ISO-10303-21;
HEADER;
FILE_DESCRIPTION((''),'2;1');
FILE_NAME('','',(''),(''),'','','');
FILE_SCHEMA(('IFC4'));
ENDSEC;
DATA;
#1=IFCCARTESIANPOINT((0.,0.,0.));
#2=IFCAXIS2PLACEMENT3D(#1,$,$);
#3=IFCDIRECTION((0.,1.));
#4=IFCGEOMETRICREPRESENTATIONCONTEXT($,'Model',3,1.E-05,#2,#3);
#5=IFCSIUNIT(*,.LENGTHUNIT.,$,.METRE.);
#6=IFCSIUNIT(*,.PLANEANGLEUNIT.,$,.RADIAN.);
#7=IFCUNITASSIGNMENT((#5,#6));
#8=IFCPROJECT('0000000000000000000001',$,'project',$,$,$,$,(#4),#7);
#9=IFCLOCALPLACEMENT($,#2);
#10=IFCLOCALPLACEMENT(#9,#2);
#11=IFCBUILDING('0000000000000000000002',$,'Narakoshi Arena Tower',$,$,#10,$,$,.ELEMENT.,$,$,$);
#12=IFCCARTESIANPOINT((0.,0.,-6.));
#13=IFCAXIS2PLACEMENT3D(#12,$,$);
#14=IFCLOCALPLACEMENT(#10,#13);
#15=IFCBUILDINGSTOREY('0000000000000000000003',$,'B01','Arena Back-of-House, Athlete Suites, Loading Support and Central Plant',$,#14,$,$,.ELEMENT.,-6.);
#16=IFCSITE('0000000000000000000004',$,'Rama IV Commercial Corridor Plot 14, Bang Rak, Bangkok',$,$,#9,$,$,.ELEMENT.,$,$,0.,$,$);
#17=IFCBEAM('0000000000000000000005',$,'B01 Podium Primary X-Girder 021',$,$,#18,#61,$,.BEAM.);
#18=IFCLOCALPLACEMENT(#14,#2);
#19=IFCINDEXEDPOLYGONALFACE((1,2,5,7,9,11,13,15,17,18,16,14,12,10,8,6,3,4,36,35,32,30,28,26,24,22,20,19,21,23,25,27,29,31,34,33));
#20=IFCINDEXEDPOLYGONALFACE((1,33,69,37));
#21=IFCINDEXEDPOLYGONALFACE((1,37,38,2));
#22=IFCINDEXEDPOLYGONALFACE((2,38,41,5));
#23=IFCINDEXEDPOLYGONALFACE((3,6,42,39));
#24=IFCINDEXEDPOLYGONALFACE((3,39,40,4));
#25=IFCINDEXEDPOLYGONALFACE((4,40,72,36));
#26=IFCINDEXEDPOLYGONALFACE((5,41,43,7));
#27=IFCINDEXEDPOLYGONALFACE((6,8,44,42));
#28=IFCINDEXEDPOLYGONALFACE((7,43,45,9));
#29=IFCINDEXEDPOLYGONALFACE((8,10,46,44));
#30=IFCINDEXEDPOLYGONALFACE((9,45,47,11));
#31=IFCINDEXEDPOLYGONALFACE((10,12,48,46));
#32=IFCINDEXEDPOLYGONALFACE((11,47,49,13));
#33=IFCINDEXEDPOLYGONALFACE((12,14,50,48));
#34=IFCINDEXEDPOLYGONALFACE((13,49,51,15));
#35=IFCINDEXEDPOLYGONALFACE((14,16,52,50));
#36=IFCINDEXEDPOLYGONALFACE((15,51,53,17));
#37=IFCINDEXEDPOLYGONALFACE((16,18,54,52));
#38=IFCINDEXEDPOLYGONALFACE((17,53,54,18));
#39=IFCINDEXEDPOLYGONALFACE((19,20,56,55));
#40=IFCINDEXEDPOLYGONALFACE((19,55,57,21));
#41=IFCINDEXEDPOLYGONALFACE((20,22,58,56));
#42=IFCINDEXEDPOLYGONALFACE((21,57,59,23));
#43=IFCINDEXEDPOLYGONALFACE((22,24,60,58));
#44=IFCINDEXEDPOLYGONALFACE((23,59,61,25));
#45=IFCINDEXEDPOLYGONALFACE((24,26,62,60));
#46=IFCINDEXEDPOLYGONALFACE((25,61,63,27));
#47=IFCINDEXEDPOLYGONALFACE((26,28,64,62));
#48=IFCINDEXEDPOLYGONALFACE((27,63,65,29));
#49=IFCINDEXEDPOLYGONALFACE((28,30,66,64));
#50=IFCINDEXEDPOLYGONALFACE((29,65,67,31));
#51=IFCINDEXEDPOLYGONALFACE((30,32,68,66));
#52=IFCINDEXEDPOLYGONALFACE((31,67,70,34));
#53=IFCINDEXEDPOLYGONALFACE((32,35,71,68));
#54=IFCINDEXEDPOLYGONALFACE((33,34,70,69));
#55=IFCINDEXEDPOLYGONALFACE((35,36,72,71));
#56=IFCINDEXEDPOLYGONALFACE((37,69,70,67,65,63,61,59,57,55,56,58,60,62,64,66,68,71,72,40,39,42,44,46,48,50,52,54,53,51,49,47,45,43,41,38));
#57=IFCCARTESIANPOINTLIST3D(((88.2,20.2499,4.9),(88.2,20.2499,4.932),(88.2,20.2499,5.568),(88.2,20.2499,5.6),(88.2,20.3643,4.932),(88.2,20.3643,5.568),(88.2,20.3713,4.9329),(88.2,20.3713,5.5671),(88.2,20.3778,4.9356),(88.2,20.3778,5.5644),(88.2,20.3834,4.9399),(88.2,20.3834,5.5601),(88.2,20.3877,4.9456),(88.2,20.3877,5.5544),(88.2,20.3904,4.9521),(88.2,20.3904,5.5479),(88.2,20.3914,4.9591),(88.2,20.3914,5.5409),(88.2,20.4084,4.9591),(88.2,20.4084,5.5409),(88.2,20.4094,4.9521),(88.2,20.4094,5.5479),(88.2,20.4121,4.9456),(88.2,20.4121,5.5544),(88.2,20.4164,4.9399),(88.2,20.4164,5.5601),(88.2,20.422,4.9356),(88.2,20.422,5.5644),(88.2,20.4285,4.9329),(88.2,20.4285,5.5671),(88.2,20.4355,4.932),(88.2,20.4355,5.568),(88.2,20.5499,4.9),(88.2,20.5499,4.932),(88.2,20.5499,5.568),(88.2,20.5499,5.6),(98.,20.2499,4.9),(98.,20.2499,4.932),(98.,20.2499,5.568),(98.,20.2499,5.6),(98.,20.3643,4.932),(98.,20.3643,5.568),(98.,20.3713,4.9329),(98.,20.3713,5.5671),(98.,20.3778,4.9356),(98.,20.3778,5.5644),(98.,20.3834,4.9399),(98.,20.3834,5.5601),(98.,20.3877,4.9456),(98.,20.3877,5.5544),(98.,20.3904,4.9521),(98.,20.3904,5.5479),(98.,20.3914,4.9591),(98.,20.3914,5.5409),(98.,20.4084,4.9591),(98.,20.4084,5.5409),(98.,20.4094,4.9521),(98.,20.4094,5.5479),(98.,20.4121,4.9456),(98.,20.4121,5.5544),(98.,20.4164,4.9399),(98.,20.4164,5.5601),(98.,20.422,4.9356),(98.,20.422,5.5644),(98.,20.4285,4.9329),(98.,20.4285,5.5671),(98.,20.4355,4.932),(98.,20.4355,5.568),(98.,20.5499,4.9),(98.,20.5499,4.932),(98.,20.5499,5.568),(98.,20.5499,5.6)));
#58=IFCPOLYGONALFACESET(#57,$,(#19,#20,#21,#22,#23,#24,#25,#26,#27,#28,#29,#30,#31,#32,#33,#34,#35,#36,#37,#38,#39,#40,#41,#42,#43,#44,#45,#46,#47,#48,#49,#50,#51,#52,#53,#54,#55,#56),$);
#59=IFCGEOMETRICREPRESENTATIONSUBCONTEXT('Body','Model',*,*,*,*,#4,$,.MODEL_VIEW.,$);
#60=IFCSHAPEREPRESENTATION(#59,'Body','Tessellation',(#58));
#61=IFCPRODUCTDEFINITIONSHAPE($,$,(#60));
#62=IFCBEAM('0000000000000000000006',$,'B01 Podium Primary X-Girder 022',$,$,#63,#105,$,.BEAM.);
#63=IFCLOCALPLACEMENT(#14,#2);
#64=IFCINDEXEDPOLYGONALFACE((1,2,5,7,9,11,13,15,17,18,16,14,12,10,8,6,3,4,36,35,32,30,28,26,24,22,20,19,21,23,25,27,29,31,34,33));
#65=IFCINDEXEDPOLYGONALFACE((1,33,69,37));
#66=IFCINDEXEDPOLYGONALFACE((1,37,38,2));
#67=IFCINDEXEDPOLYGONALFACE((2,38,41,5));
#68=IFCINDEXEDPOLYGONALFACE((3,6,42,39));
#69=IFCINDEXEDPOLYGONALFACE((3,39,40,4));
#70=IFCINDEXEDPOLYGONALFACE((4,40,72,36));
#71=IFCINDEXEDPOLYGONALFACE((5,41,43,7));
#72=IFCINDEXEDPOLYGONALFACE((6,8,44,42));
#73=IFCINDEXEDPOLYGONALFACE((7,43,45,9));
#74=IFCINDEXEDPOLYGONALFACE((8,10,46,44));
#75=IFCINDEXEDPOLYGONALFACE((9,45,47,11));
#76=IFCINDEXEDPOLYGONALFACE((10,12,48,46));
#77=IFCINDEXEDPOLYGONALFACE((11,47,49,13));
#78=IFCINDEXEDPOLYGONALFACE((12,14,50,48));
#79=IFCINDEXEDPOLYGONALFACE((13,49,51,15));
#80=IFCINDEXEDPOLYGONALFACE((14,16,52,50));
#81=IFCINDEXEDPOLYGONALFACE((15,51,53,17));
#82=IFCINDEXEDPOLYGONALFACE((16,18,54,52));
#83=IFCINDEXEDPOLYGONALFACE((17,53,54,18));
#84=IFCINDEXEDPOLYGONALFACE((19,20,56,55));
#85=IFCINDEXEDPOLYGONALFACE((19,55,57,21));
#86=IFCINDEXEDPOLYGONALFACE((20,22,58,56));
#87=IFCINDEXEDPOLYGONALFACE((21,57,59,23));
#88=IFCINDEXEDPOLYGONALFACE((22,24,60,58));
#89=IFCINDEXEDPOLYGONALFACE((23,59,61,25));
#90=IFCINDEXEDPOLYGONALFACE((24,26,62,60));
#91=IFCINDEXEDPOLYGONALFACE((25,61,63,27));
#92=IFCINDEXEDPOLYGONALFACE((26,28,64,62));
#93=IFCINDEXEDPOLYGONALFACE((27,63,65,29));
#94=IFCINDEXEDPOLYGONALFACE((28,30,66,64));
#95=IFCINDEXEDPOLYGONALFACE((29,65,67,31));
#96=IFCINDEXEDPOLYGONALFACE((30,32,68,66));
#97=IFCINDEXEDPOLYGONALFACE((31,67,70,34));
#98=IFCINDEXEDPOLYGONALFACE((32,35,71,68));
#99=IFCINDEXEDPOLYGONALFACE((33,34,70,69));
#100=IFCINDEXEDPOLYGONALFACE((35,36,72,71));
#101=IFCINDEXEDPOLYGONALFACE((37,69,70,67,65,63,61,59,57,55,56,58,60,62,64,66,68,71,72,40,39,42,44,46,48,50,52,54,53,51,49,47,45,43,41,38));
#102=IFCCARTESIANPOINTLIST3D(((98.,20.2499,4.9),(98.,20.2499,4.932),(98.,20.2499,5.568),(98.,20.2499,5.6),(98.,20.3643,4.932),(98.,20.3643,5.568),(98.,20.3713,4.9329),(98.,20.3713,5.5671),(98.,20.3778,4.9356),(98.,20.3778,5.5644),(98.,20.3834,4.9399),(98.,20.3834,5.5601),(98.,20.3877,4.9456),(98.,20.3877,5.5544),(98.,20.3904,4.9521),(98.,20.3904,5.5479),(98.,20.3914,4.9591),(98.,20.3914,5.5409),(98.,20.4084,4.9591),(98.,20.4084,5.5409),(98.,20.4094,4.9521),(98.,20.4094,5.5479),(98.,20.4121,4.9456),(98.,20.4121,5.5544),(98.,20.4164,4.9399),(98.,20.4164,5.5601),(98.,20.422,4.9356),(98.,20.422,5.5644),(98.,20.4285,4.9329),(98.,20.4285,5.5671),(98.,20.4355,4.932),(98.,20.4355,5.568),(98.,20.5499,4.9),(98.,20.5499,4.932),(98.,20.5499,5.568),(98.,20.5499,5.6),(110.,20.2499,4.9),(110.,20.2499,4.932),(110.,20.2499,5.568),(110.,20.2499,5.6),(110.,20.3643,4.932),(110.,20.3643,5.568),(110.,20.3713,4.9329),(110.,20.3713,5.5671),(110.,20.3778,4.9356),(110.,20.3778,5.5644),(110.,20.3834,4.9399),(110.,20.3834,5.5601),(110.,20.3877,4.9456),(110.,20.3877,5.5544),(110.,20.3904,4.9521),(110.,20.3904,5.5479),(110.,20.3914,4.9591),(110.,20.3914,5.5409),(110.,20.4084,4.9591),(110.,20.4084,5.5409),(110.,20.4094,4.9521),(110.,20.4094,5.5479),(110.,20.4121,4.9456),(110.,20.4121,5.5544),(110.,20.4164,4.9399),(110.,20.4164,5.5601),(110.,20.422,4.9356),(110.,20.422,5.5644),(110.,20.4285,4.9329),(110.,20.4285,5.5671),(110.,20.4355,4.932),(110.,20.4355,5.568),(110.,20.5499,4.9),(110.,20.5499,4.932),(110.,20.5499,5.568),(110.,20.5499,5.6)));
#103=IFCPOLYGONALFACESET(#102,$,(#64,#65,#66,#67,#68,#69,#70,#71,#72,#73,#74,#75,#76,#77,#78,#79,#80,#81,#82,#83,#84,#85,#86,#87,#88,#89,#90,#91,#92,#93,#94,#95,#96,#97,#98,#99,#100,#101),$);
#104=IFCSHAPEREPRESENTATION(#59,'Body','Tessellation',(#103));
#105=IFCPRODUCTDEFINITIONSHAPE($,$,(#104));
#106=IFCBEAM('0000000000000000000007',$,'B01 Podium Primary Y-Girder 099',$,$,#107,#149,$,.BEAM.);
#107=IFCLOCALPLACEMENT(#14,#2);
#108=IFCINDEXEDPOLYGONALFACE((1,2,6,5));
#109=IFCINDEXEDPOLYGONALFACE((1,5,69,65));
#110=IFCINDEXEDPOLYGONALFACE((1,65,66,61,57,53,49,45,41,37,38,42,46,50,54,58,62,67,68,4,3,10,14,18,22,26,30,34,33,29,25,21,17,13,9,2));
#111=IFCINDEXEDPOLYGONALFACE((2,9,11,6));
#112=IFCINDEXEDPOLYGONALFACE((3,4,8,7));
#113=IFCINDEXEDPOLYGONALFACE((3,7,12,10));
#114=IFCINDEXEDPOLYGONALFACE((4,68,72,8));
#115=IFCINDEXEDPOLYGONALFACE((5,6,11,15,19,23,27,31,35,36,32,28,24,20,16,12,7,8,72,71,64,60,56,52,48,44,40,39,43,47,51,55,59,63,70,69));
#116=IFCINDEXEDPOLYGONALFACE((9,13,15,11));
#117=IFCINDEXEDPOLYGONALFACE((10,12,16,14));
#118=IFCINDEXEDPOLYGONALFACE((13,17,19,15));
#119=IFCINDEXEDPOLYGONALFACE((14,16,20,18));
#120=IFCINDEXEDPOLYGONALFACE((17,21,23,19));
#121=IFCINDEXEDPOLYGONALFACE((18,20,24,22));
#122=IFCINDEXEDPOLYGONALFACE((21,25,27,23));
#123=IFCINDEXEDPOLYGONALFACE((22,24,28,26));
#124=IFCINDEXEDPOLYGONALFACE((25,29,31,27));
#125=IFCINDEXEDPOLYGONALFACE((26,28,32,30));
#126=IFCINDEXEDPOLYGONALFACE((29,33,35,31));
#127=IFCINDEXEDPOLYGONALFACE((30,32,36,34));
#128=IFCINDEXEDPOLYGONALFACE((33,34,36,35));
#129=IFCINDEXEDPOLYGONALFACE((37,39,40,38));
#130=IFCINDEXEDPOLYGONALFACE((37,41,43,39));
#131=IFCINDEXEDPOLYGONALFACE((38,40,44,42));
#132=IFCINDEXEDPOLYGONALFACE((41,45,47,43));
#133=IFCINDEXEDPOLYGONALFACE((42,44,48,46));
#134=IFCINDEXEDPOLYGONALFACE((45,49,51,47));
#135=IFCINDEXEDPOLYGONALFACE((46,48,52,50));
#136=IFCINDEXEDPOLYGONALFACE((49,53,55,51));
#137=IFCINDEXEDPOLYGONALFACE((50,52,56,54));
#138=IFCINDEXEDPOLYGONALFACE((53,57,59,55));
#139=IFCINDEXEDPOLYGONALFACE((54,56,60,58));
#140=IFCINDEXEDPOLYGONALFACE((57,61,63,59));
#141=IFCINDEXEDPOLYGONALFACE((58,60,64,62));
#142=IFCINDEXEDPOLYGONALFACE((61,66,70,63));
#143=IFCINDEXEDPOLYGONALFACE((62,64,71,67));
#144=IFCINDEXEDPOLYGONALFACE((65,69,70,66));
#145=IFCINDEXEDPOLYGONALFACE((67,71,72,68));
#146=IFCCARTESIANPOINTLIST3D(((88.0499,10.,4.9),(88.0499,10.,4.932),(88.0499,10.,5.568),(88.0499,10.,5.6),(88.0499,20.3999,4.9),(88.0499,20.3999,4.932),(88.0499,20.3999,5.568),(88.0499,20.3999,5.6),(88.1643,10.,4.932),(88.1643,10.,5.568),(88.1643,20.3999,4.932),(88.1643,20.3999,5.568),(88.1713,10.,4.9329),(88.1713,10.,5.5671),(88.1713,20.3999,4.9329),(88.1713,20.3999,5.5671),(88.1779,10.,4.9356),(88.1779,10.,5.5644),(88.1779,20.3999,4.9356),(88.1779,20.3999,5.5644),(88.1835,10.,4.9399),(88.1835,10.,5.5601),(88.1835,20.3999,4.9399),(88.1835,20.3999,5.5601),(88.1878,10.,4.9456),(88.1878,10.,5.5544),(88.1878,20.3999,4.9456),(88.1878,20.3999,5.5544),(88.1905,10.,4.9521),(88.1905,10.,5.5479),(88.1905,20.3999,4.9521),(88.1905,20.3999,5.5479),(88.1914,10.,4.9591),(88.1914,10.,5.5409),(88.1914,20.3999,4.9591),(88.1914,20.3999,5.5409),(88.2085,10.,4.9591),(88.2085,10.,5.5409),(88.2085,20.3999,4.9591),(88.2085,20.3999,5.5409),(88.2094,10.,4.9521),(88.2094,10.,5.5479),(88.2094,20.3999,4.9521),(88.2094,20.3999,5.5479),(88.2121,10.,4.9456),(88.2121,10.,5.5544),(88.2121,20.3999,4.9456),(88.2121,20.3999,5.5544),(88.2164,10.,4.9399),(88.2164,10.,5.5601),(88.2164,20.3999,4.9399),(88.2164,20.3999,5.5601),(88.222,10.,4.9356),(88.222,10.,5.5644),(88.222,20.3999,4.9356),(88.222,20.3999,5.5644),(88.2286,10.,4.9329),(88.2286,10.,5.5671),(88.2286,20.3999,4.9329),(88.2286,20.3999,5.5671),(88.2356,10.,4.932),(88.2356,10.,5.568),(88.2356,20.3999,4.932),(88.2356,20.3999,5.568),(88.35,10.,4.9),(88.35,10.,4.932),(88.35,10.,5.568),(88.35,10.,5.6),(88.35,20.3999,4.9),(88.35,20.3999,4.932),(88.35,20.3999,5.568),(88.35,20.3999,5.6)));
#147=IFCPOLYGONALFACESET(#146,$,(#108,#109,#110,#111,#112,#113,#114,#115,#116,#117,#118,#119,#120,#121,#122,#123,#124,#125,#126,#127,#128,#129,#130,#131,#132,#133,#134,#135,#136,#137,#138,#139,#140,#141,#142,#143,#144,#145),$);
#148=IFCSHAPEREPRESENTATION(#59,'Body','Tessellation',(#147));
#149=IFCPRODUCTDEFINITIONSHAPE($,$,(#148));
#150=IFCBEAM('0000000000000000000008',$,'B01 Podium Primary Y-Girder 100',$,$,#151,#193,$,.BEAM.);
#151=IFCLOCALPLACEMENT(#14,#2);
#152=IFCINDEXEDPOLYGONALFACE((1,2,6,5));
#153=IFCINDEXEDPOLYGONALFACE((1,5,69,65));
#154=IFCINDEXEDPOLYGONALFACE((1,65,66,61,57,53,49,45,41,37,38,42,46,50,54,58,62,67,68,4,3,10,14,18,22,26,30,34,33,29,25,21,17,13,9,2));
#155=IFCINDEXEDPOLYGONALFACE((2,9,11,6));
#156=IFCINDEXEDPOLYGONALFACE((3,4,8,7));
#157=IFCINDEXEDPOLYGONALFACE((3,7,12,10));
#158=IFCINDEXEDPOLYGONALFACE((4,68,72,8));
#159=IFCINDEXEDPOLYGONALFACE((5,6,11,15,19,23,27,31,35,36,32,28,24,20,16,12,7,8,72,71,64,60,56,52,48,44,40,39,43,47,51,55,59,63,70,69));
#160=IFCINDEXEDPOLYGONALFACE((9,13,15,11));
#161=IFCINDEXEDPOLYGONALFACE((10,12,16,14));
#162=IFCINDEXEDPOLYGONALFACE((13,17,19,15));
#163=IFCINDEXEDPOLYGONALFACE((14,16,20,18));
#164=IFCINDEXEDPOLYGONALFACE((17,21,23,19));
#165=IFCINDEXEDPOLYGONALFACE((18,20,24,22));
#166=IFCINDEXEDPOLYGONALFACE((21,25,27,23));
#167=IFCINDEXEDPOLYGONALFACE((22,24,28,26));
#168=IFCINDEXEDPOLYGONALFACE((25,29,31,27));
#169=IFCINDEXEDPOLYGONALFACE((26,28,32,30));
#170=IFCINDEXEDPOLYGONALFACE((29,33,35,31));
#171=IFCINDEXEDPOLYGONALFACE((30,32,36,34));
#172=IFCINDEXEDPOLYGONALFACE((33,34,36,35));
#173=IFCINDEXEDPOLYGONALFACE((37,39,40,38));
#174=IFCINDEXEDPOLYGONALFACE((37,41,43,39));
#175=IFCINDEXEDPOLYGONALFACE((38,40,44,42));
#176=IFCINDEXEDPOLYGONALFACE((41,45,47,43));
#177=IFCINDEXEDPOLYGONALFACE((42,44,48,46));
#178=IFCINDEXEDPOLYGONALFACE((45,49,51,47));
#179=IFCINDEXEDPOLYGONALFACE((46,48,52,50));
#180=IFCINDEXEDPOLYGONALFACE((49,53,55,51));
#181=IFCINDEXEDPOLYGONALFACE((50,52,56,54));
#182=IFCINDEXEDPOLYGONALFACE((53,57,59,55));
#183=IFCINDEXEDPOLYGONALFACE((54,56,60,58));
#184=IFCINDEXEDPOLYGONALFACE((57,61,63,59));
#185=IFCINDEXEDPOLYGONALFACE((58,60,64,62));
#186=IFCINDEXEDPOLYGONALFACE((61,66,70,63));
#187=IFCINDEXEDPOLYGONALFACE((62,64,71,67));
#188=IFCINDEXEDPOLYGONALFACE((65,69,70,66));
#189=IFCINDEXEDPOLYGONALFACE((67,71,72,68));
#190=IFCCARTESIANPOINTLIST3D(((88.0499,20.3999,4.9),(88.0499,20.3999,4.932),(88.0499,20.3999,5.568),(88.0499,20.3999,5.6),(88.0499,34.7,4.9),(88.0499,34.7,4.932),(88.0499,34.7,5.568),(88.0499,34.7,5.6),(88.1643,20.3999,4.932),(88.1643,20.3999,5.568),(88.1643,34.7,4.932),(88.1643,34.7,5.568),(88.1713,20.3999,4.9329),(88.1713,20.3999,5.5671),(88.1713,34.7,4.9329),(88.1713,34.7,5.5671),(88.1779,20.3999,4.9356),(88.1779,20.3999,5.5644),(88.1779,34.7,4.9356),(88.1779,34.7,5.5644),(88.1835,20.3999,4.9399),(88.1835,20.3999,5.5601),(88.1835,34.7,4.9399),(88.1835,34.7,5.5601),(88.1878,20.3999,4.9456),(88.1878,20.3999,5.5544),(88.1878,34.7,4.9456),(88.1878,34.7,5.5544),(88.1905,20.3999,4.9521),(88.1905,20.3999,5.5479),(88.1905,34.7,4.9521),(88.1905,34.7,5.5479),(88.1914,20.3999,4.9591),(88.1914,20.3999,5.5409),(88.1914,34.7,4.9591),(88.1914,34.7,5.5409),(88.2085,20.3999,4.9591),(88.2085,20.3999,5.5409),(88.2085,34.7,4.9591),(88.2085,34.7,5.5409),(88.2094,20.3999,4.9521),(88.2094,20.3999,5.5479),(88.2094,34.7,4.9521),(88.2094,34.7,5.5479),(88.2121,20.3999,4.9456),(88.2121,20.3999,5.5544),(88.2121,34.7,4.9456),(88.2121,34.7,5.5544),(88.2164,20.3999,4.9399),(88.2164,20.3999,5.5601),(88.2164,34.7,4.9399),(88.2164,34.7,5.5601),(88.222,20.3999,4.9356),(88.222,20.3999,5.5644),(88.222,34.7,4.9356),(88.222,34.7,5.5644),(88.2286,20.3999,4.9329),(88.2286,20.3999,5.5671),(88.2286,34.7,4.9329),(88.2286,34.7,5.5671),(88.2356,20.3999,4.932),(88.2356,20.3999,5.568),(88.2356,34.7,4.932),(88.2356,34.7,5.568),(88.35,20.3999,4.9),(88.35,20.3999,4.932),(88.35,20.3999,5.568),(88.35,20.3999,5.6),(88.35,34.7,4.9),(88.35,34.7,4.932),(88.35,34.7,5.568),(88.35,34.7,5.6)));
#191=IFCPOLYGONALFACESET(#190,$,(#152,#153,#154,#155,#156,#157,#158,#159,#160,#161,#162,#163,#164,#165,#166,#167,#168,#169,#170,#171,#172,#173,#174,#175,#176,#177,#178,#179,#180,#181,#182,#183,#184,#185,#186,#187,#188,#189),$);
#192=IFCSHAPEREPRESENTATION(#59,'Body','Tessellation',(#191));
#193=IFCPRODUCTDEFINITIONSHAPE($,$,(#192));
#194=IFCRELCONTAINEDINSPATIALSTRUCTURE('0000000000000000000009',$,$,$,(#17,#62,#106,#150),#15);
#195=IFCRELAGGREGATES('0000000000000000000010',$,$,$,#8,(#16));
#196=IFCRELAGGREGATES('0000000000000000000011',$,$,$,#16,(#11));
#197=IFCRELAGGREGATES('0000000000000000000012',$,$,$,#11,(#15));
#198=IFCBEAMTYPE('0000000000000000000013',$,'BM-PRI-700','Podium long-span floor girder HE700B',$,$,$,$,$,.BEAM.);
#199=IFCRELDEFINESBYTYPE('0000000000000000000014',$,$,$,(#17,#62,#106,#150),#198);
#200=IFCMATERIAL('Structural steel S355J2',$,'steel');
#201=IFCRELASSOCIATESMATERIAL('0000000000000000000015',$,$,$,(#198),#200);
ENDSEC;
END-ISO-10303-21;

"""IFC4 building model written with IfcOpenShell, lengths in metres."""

from ifc_helpers import new_model, si_unit, direction, frame, origin, origin_2d, place, context, subcontext, project, spatial, i_section, extrude, material, material_profile, profile_set, type_object, element, save


model = new_model("IFC4")

# Units and contexts
model_context = context("Model", 3, precision=1e-05, world=origin(), true_north=direction((0.0, 1.0)))
body_context = subcontext(model_context, "Body", "Model", "MODEL_VIEW")
ifc_project = project(units=[si_unit("LENGTHUNIT", "METRE"), si_unit("PLANEANGLEUNIT", "RADIAN")], contexts=[model_context])

# Site, building, storey
site_placement = place(None, origin())
site = spatial("IfcSite", under=ifc_project, at=site_placement, Name="Rama IV Commercial Corridor Plot 14, Bang Rak, Bangkok", CompositionType="ELEMENT", RefElevation=0.0)
building_placement = place(site_placement, origin())
building = spatial("IfcBuilding", under=site, at=building_placement, Name="Narakoshi Arena Tower", CompositionType="ELEMENT")
storey_placement = place(building_placement, frame((0.0, 0.0, -6.0)))
storey = spatial("IfcBuildingStorey", under=building, at=storey_placement, Name="B01", Description="Arena Back-of-House, Athlete Suites, Loading Support and Central Plant", CompositionType="ELEMENT", Elevation=-6.0)

# Beams
ifc_material_1 = material(Name="Structural steel S355J2", Category="steel")
ifc_material_profile_1 = material_profile(ifc_material_1, i_section(OverallWidth=0.3, OverallDepth=0.7, WebThickness=0.0171, FlangeThickness=0.032, FilletRadius=0.0271, at=origin_2d()), Name="HE700B")
ifc_profile_set_1 = profile_set([ifc_material_profile_1], Name="Structural steel S355J2")
beam_type_1 = type_object("IfcBeamType", Name="BM-PRI-700", Description="Podium long-span floor girder HE700B", PredefinedType="BEAM", material=ifc_profile_set_1)
beam_1_placement = place(storey_placement, frame((88.2, 20.3999, 5.25), z_axis=(1.0, 0.0, 0.0), x_axis=(0.0, 1.0, 0.0)))
element("IfcBeam", 1, at=beam_1_placement, inside=storey, type_object=beam_type_1, Name="B01 Podium Primary X-Girder 021", PredefinedType="BEAM", context=body_context, shape_type="SweptSolid", body=[
    extrude(i_section(OverallWidth=0.3, OverallDepth=0.7, WebThickness=0.0171, FlangeThickness=0.032, FilletRadius=0.0271, at=origin_2d()), origin(), (0.0, 0.0, 1.0), 9.8),
])
beam_2_placement = place(storey_placement, frame((98.0, 20.3999, 5.25), z_axis=(1.0, 0.0, 0.0), x_axis=(0.0, 1.0, 0.0)))
element("IfcBeam", 2, at=beam_2_placement, inside=storey, type_object=beam_type_1, Name="B01 Podium Primary X-Girder 022", PredefinedType="BEAM", context=body_context, shape_type="SweptSolid", body=[
    extrude(i_section(OverallWidth=0.3, OverallDepth=0.7, WebThickness=0.0171, FlangeThickness=0.032, FilletRadius=0.0271, at=origin_2d()), origin(), (0.0, 0.0, 1.0), 12.0),
])
beam_3_placement = place(storey_placement, frame((88.2, 10.0, 5.25), z_axis=(0.0, 1.0, 0.0), x_axis=(-1.0, 0.0, 0.0)))
element("IfcBeam", 3, at=beam_3_placement, inside=storey, type_object=beam_type_1, Name="B01 Podium Primary Y-Girder 099", PredefinedType="BEAM", context=body_context, shape_type="SweptSolid", body=[
    extrude(i_section(OverallWidth=0.3, OverallDepth=0.7, WebThickness=0.0171, FlangeThickness=0.032, FilletRadius=0.0271, at=origin_2d()), origin(), (0.0, 0.0, 1.0), 10.3999),
])
beam_4_placement = place(storey_placement, frame((88.2, 20.3999, 5.25), z_axis=(0.0, 1.0, 0.0), x_axis=(-1.0, 0.0, 0.0)))
element("IfcBeam", 4, at=beam_4_placement, inside=storey, type_object=beam_type_1, Name="B01 Podium Primary Y-Girder 100", PredefinedType="BEAM", context=body_context, shape_type="SweptSolid", body=[
    extrude(i_section(OverallWidth=0.3, OverallDepth=0.7, WebThickness=0.0171, FlangeThickness=0.032, FilletRadius=0.0271, at=origin_2d()), origin(), (0.0, 0.0, 1.0), 14.3),
])

save(model, "model.ifc")
